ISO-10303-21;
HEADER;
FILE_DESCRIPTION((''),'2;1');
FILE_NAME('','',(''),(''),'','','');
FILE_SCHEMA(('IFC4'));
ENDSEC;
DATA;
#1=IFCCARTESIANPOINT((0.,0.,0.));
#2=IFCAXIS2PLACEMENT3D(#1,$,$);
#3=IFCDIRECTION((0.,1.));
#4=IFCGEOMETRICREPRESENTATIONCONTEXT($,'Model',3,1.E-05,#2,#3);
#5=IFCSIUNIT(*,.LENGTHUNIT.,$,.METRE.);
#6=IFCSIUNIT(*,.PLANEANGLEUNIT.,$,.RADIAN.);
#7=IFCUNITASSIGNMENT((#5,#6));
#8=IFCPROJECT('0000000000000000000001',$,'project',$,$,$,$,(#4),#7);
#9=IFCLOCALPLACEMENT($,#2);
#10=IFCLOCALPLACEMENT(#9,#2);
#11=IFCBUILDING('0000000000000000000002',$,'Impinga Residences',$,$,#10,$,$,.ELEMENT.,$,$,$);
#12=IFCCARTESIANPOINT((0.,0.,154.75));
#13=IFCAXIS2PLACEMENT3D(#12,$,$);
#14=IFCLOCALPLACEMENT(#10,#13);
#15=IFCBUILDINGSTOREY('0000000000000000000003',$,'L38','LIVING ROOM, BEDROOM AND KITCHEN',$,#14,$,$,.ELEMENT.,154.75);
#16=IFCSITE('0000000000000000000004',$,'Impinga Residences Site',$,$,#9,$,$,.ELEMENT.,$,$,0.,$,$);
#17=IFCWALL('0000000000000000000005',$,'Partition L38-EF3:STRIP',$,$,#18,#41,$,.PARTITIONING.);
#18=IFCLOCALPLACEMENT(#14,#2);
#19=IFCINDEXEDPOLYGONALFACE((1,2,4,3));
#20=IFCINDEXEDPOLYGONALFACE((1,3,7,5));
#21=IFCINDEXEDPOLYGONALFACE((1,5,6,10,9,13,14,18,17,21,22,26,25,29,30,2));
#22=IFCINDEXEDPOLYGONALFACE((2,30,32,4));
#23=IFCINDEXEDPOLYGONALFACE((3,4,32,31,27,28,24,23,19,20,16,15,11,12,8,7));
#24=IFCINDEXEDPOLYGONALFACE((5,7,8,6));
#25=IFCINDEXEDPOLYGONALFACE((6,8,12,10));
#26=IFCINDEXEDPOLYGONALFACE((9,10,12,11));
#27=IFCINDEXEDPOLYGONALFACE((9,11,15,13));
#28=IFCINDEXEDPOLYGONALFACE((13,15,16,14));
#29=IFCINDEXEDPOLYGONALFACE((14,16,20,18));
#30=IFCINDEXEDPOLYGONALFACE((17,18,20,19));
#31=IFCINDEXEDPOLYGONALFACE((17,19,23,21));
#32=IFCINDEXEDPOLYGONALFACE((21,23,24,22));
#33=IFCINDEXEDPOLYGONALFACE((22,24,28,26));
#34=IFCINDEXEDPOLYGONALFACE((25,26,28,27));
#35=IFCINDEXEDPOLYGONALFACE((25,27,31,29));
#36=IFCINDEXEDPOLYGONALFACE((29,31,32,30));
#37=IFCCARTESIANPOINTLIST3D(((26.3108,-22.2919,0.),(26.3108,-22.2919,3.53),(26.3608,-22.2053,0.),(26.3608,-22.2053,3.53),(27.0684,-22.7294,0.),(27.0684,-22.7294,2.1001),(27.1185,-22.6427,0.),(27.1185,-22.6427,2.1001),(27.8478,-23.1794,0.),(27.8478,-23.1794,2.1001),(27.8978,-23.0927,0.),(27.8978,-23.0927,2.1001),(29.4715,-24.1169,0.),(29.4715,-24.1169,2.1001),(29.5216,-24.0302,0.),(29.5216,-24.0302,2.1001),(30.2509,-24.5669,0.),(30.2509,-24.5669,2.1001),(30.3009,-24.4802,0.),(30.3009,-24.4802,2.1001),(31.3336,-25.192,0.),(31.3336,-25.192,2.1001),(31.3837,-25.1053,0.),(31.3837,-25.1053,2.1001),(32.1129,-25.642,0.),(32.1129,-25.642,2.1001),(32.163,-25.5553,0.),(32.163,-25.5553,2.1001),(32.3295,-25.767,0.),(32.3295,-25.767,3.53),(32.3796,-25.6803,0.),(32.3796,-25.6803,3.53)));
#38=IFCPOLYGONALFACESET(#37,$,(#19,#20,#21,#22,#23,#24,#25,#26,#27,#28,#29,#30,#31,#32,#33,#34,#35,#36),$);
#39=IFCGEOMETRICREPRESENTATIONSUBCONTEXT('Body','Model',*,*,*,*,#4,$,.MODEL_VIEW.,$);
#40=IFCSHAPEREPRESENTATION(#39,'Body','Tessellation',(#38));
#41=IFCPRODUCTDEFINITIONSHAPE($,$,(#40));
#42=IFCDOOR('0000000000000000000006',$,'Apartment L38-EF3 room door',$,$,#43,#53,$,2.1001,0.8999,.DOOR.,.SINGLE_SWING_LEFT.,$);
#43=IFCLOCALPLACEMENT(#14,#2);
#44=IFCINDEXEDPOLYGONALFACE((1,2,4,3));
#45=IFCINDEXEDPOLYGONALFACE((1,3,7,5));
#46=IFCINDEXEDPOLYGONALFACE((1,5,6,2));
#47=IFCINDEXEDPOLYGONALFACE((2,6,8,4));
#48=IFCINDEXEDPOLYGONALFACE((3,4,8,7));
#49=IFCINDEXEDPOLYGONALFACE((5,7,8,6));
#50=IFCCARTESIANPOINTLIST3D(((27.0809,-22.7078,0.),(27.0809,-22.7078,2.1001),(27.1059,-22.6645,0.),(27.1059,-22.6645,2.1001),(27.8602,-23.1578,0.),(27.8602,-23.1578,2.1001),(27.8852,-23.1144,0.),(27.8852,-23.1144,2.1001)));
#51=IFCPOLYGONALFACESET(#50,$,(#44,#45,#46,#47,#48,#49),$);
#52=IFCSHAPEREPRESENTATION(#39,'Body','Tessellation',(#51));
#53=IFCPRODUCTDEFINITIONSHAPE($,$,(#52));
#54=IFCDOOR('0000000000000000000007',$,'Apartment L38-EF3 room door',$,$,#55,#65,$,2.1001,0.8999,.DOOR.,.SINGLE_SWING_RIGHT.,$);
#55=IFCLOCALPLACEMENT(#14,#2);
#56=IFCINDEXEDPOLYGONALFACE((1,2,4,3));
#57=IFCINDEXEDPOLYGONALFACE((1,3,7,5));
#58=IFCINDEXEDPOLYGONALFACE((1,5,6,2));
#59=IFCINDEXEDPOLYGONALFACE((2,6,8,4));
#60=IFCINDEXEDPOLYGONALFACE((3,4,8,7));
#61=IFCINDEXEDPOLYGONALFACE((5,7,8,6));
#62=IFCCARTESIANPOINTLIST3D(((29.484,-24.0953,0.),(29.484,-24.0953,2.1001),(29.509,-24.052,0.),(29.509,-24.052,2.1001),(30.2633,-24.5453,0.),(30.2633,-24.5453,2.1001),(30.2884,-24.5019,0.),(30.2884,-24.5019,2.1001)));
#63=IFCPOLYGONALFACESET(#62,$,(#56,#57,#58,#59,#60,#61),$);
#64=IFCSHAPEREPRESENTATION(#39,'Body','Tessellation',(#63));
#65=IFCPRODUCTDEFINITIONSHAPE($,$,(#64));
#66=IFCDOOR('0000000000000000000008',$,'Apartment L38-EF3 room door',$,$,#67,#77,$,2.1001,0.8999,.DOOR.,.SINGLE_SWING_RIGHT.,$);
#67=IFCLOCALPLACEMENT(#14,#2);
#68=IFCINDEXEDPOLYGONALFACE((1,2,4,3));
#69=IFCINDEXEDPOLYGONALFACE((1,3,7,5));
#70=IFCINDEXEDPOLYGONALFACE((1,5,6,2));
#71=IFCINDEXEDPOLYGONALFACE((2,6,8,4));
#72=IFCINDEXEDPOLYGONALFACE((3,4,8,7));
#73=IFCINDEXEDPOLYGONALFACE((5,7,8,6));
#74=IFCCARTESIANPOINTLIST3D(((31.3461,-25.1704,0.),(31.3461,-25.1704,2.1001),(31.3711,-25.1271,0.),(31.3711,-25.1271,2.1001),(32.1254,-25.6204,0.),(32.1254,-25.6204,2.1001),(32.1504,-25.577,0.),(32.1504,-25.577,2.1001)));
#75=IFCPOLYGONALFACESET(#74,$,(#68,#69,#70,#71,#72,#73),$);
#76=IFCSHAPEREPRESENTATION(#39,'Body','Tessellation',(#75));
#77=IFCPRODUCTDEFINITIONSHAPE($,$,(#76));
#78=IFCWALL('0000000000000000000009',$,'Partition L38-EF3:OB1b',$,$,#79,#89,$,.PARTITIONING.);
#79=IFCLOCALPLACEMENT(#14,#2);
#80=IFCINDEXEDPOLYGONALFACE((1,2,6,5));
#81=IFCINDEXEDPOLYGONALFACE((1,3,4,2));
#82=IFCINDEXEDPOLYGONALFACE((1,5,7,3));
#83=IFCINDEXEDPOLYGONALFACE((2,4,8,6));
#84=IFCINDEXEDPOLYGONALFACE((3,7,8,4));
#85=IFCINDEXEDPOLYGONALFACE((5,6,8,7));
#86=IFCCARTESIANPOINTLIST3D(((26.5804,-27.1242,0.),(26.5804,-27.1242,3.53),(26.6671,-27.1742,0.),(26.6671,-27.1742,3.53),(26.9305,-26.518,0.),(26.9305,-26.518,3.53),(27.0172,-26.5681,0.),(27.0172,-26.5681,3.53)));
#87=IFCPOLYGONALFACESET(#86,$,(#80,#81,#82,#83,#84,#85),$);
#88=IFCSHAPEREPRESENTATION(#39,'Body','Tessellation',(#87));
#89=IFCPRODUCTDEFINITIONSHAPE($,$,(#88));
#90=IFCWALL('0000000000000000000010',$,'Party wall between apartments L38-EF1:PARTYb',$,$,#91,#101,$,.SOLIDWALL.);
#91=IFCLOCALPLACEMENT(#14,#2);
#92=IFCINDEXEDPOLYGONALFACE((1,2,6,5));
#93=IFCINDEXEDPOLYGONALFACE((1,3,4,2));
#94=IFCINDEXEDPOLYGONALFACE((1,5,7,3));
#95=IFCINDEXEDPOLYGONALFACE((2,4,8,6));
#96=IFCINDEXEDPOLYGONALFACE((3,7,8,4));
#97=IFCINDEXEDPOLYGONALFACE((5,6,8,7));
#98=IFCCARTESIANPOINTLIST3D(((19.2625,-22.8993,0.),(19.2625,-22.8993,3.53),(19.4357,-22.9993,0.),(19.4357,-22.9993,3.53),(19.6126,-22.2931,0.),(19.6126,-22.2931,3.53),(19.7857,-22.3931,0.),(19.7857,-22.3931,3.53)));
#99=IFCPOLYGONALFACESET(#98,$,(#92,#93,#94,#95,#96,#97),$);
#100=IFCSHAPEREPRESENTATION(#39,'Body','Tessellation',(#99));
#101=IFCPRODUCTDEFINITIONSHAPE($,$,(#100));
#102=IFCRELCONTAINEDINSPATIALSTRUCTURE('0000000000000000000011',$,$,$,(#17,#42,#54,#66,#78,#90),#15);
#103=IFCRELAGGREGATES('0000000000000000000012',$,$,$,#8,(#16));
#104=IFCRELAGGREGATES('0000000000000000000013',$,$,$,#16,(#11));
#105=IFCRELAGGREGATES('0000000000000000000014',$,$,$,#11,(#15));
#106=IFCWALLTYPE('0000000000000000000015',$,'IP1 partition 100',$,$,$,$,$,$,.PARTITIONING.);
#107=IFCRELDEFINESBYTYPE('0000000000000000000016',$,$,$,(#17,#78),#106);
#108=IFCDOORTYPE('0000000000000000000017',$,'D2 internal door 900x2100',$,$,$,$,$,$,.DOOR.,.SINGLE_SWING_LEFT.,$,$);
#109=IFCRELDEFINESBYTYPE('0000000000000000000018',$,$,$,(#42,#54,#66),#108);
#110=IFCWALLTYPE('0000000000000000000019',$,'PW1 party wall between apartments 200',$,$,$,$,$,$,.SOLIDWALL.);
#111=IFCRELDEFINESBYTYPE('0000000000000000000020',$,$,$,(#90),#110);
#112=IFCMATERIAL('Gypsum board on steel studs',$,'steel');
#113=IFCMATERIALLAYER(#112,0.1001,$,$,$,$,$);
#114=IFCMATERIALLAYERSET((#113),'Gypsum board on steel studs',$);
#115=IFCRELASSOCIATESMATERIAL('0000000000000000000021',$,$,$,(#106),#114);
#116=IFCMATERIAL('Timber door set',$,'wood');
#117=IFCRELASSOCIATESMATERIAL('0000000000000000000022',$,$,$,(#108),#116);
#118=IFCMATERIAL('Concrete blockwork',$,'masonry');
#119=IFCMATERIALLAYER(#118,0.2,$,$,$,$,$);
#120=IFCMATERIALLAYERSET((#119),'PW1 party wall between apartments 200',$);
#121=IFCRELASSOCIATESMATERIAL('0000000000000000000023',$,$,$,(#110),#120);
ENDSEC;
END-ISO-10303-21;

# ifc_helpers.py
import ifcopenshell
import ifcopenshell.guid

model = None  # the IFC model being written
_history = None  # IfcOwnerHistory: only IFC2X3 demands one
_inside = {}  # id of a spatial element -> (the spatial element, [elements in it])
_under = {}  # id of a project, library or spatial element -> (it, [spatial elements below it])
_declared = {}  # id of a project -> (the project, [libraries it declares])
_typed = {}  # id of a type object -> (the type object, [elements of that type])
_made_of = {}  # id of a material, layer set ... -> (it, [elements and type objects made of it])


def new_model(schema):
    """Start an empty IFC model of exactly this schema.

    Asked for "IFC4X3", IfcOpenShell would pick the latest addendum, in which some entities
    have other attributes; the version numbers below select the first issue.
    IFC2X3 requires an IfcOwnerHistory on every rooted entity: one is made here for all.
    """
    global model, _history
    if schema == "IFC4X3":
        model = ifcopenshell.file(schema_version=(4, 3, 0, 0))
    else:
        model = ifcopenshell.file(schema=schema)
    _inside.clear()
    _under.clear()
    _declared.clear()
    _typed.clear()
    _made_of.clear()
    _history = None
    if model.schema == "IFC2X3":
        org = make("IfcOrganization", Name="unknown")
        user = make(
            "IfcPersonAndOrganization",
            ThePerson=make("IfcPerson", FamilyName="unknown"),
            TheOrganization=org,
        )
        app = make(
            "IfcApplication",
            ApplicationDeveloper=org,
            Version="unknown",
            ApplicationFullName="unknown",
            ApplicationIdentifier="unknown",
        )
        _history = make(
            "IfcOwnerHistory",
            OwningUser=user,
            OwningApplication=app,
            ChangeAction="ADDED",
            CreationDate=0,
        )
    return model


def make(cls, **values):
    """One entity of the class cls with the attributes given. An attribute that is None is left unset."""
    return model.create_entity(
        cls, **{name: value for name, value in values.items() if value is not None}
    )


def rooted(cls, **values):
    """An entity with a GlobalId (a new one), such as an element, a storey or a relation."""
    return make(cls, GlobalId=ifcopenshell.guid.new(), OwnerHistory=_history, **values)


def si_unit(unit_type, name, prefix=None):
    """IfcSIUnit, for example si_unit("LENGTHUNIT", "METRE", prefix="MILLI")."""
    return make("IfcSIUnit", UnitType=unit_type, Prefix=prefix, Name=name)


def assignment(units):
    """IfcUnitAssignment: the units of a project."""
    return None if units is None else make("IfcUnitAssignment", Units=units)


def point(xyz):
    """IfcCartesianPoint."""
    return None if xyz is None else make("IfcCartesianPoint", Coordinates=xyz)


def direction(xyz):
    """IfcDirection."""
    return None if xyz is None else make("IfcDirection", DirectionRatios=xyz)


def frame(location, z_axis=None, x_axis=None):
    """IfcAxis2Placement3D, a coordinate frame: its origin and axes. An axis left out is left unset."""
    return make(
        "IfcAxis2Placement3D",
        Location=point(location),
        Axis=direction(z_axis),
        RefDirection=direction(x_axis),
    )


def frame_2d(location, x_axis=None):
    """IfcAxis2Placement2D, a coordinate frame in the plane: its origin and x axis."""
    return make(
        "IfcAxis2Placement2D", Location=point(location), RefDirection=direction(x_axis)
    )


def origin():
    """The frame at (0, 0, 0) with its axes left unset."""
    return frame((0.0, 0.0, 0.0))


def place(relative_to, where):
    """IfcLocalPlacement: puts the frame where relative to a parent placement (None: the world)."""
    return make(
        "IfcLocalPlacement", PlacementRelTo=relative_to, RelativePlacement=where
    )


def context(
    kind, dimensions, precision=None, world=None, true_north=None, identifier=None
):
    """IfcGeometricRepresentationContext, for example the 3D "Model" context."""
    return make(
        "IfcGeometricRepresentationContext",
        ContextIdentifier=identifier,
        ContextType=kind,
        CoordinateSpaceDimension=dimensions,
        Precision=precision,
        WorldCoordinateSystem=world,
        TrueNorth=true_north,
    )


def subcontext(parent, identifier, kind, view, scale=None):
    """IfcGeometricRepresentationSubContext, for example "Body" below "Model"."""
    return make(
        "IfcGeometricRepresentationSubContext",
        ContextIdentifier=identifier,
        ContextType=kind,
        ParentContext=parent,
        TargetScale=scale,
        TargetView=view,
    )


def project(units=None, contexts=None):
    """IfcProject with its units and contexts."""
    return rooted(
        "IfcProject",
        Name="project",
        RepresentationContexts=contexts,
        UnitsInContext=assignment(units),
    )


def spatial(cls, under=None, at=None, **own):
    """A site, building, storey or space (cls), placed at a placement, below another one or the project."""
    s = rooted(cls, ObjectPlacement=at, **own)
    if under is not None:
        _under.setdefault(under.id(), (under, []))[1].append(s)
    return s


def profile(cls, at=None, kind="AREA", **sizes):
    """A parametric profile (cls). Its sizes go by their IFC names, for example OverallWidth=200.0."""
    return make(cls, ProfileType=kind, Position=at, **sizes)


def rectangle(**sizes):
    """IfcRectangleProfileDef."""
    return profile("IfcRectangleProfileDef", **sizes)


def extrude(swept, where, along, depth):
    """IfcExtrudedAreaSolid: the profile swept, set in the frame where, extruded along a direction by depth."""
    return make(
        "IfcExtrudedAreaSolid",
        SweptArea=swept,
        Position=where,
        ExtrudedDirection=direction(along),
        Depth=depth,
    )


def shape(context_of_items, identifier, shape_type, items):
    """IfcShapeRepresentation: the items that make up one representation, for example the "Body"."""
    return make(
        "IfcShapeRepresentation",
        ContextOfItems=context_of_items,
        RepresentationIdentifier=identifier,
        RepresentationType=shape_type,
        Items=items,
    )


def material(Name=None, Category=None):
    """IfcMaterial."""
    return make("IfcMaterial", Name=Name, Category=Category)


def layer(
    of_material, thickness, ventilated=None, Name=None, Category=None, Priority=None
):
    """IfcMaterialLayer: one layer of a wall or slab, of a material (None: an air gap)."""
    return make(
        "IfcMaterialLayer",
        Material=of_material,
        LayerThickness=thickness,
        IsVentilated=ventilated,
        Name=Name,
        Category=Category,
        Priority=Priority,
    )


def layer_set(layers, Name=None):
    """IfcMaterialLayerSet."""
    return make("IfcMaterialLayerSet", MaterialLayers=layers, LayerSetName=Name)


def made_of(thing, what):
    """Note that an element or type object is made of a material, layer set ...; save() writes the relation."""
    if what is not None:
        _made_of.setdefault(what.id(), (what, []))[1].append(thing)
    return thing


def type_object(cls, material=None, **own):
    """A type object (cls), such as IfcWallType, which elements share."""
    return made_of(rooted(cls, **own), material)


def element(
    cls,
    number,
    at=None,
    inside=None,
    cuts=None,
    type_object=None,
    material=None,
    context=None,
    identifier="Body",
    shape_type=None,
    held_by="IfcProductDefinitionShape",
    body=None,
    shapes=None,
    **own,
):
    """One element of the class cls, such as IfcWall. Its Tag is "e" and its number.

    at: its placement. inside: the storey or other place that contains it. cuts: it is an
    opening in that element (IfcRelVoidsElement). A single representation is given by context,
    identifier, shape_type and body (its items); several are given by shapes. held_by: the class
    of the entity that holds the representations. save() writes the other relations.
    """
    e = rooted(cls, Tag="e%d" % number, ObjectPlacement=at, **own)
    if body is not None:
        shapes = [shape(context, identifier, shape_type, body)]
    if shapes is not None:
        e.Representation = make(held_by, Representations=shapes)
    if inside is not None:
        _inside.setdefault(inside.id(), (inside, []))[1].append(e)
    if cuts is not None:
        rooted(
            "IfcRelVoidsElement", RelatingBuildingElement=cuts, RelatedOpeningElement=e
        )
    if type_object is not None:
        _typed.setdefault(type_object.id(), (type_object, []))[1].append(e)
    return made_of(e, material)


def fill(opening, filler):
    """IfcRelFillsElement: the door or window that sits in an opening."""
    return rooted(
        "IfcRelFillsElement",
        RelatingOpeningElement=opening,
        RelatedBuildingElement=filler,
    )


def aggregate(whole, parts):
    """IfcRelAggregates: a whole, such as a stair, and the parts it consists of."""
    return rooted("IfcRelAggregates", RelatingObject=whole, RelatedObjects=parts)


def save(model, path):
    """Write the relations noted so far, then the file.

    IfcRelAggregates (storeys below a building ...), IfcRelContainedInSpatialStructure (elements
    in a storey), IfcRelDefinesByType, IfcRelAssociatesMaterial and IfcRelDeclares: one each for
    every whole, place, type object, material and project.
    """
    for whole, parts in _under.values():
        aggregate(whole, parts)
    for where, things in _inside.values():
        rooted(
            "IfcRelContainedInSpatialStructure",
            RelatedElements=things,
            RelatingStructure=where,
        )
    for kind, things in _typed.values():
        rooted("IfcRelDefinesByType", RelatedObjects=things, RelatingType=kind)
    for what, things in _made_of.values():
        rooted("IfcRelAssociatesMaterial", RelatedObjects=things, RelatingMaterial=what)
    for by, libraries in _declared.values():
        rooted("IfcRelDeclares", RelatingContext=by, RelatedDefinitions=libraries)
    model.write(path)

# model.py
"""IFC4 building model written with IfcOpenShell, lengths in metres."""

from ifc_helpers import new_model, si_unit, direction, frame, frame_2d, origin, place, context, subcontext, project, spatial, rectangle, extrude, material, layer, layer_set, type_object, element, fill, save


model = new_model("IFC4")

# Units and contexts
model_context = context("Model", 3, precision=1e-05, world=origin(), true_north=direction((0.0, 1.0)))
body_context = subcontext(model_context, "Body", "Model", "MODEL_VIEW")
ifc_project = project(units=[si_unit("LENGTHUNIT", "METRE"), si_unit("PLANEANGLEUNIT", "RADIAN")], contexts=[model_context])

# Site, building, storey
site_placement = place(None, origin())
site = spatial("IfcSite", under=ifc_project, at=site_placement, Name="Impinga Residences Site", CompositionType="ELEMENT", RefElevation=0.0)
building_placement = place(site_placement, origin())
building = spatial("IfcBuilding", under=site, at=building_placement, Name="Impinga Residences", CompositionType="ELEMENT")
storey_placement = place(building_placement, frame((0.0, 0.0, 154.75)))
storey = spatial("IfcBuildingStorey", under=building, at=storey_placement, Name="L38", Description="LIVING ROOM, BEDROOM AND KITCHEN", CompositionType="ELEMENT", Elevation=154.75)

# Shared definitions
ifc_material_1 = material(Name="Gypsum board on steel studs", Category="steel")
ifc_layer_1 = layer(ifc_material_1, 0.1001)
ifc_layer_set_1 = layer_set([ifc_layer_1], Name="Gypsum board on steel studs")
wall_type_1 = type_object("IfcWallType", Name="IP1 partition 100", PredefinedType="PARTITIONING", material=ifc_layer_set_1)

# Shared definitions
ifc_material_2 = material(Name="Timber door set", Category="wood")
door_type = type_object("IfcDoorType", Name="D2 internal door 900x2100", OperationType="SINGLE_SWING_LEFT", PredefinedType="DOOR", material=ifc_material_2)

# Wall, openings, doors
wall_1_placement = place(storey_placement, frame((26.3357, -22.2485, 0.0), z_axis=(0.0, 0.0, 1.0), x_axis=(0.866017, -0.500015, 0.0)))
wall_1 = element("IfcWall", 1, at=wall_1_placement, inside=storey, type_object=wall_type_1, Name="Partition L38-EF3:STRIP", PredefinedType="PARTITIONING", context=body_context, shape_type="SweptSolid", body=[
    extrude(rectangle(XDim=6.95, YDim=0.1001, at=frame_2d((3.4751, 0.0))), origin(), (0.0, 0.0, 1.0), 3.53),
])
opening_1_placement = place(wall_1_placement, frame((0.875, 0.0, 0.0)))
opening_1 = element("IfcOpeningElement", 2, at=opening_1_placement, cuts=wall_1, PredefinedType="OPENING", context=body_context, shape_type="SweptSolid", body=[
    extrude(rectangle(XDim=0.8999, YDim=2.1001, at=frame_2d((0.45, 1.05))), frame((0.0, 0.0601, 0.0), z_axis=(0.0, -1.0, 0.0), x_axis=(1.0, 0.0, 0.0)), (0.0, 0.0, 1.0), 0.1201),
])
opening_2_placement = place(wall_1_placement, frame((3.6499, 0.0, 0.0)))
opening_2 = element("IfcOpeningElement", 3, at=opening_2_placement, cuts=wall_1, PredefinedType="OPENING", context=body_context, shape_type="SweptSolid", body=[
    extrude(rectangle(XDim=0.8999, YDim=2.1001, at=frame_2d((0.45, 1.05))), frame((0.0, 0.0601, 0.0), z_axis=(0.0, -1.0, 0.0), x_axis=(1.0, 0.0, 0.0)), (0.0, 0.0, 1.0), 0.1201),
])
opening_3_placement = place(wall_1_placement, frame((5.8, 0.0, 0.0)))
opening_3 = element("IfcOpeningElement", 4, at=opening_3_placement, cuts=wall_1, PredefinedType="OPENING", context=body_context, shape_type="SweptSolid", body=[
    extrude(rectangle(XDim=0.8999, YDim=2.1001, at=frame_2d((0.45, 1.05))), frame((0.0, 0.0601, 0.0), z_axis=(0.0, -1.0, 0.0), x_axis=(1.0, 0.0, 0.0)), (0.0, 0.0, 1.0), 0.1201),
])
door_1_placement = place(opening_1_placement, origin())
door_1 = element("IfcDoor", 5, at=door_1_placement, inside=storey, type_object=door_type, Name="Apartment L38-EF3 room door", OperationType="SINGLE_SWING_LEFT", OverallHeight=2.1001, OverallWidth=0.8999, PredefinedType="DOOR", context=body_context, shape_type="SweptSolid", body=[
    extrude(rectangle(XDim=0.8999, YDim=2.1001, at=frame_2d((0.45, 1.05))), frame((0.0, 0.0249, 0.0), z_axis=(0.0, -1.0, 0.0), x_axis=(1.0, 0.0, 0.0)), (0.0, 0.0, 1.0), 0.05),
])
fill(opening_1, door_1)
door_2_placement = place(opening_2_placement, origin())
door_2 = element("IfcDoor", 6, at=door_2_placement, inside=storey, type_object=door_type, Name="Apartment L38-EF3 room door", OperationType="SINGLE_SWING_RIGHT", OverallHeight=2.1001, OverallWidth=0.8999, PredefinedType="DOOR", context=body_context, shape_type="SweptSolid", body=[
    extrude(rectangle(XDim=0.8999, YDim=2.1001, at=frame_2d((0.45, 1.05))), frame((0.0, 0.0249, 0.0), z_axis=(0.0, -1.0, 0.0), x_axis=(1.0, 0.0, 0.0)), (0.0, 0.0, 1.0), 0.05),
])
fill(opening_2, door_2)
door_3_placement = place(opening_3_placement, origin())
door_3 = element("IfcDoor", 7, at=door_3_placement, inside=storey, type_object=door_type, Name="Apartment L38-EF3 room door", OperationType="SINGLE_SWING_RIGHT", OverallHeight=2.1001, OverallWidth=0.8999, PredefinedType="DOOR", context=body_context, shape_type="SweptSolid", body=[
    extrude(rectangle(XDim=0.8999, YDim=2.1001, at=frame_2d((0.45, 1.05))), frame((0.0, 0.0249, 0.0), z_axis=(0.0, -1.0, 0.0), x_axis=(1.0, 0.0, 0.0)), (0.0, 0.0, 1.0), 0.05),
])
fill(opening_3, door_3)

# Walls
wall_2_placement = place(storey_placement, frame((26.9739, -26.543, 0.0), z_axis=(0.0, 0.0, 1.0), x_axis=(-0.500115, -0.865959, 0.0)))
element("IfcWall", 8, at=wall_2_placement, inside=storey, type_object=wall_type_1, Name="Partition L38-EF3:OB1b", PredefinedType="PARTITIONING", context=body_context, shape_type="SweptSolid", body=[
    extrude(rectangle(XDim=0.7, YDim=0.1001, at=frame_2d((0.3501, 0.0))), origin(), (0.0, 0.0, 1.0), 3.53),
])
ifc_material_3 = material(Name="Concrete blockwork", Category="masonry")
ifc_layer_2 = layer(ifc_material_3, 0.2)
ifc_layer_set_2 = layer_set([ifc_layer_2], Name="PW1 party wall between apartments 200")
wall_type_2 = type_object("IfcWallType", Name="PW1 party wall between apartments 200", PredefinedType="SOLIDWALL", material=ifc_layer_set_2)
wall_3_placement = place(storey_placement, frame((19.6992, -22.343, 0.0), z_axis=(0.0, 0.0, 1.0), x_axis=(-0.500115, -0.865959, 0.0)))
element("IfcWall", 9, at=wall_3_placement, inside=storey, type_object=wall_type_2, Name="Party wall between apartments L38-EF1:PARTYb", PredefinedType="SOLIDWALL", context=body_context, shape_type="SweptSolid", body=[
    extrude(rectangle(XDim=0.7, YDim=0.2, at=frame_2d((0.3501, 0.0))), origin(), (0.0, 0.0, 1.0), 3.53),
])

save(model, "model.ifc")
